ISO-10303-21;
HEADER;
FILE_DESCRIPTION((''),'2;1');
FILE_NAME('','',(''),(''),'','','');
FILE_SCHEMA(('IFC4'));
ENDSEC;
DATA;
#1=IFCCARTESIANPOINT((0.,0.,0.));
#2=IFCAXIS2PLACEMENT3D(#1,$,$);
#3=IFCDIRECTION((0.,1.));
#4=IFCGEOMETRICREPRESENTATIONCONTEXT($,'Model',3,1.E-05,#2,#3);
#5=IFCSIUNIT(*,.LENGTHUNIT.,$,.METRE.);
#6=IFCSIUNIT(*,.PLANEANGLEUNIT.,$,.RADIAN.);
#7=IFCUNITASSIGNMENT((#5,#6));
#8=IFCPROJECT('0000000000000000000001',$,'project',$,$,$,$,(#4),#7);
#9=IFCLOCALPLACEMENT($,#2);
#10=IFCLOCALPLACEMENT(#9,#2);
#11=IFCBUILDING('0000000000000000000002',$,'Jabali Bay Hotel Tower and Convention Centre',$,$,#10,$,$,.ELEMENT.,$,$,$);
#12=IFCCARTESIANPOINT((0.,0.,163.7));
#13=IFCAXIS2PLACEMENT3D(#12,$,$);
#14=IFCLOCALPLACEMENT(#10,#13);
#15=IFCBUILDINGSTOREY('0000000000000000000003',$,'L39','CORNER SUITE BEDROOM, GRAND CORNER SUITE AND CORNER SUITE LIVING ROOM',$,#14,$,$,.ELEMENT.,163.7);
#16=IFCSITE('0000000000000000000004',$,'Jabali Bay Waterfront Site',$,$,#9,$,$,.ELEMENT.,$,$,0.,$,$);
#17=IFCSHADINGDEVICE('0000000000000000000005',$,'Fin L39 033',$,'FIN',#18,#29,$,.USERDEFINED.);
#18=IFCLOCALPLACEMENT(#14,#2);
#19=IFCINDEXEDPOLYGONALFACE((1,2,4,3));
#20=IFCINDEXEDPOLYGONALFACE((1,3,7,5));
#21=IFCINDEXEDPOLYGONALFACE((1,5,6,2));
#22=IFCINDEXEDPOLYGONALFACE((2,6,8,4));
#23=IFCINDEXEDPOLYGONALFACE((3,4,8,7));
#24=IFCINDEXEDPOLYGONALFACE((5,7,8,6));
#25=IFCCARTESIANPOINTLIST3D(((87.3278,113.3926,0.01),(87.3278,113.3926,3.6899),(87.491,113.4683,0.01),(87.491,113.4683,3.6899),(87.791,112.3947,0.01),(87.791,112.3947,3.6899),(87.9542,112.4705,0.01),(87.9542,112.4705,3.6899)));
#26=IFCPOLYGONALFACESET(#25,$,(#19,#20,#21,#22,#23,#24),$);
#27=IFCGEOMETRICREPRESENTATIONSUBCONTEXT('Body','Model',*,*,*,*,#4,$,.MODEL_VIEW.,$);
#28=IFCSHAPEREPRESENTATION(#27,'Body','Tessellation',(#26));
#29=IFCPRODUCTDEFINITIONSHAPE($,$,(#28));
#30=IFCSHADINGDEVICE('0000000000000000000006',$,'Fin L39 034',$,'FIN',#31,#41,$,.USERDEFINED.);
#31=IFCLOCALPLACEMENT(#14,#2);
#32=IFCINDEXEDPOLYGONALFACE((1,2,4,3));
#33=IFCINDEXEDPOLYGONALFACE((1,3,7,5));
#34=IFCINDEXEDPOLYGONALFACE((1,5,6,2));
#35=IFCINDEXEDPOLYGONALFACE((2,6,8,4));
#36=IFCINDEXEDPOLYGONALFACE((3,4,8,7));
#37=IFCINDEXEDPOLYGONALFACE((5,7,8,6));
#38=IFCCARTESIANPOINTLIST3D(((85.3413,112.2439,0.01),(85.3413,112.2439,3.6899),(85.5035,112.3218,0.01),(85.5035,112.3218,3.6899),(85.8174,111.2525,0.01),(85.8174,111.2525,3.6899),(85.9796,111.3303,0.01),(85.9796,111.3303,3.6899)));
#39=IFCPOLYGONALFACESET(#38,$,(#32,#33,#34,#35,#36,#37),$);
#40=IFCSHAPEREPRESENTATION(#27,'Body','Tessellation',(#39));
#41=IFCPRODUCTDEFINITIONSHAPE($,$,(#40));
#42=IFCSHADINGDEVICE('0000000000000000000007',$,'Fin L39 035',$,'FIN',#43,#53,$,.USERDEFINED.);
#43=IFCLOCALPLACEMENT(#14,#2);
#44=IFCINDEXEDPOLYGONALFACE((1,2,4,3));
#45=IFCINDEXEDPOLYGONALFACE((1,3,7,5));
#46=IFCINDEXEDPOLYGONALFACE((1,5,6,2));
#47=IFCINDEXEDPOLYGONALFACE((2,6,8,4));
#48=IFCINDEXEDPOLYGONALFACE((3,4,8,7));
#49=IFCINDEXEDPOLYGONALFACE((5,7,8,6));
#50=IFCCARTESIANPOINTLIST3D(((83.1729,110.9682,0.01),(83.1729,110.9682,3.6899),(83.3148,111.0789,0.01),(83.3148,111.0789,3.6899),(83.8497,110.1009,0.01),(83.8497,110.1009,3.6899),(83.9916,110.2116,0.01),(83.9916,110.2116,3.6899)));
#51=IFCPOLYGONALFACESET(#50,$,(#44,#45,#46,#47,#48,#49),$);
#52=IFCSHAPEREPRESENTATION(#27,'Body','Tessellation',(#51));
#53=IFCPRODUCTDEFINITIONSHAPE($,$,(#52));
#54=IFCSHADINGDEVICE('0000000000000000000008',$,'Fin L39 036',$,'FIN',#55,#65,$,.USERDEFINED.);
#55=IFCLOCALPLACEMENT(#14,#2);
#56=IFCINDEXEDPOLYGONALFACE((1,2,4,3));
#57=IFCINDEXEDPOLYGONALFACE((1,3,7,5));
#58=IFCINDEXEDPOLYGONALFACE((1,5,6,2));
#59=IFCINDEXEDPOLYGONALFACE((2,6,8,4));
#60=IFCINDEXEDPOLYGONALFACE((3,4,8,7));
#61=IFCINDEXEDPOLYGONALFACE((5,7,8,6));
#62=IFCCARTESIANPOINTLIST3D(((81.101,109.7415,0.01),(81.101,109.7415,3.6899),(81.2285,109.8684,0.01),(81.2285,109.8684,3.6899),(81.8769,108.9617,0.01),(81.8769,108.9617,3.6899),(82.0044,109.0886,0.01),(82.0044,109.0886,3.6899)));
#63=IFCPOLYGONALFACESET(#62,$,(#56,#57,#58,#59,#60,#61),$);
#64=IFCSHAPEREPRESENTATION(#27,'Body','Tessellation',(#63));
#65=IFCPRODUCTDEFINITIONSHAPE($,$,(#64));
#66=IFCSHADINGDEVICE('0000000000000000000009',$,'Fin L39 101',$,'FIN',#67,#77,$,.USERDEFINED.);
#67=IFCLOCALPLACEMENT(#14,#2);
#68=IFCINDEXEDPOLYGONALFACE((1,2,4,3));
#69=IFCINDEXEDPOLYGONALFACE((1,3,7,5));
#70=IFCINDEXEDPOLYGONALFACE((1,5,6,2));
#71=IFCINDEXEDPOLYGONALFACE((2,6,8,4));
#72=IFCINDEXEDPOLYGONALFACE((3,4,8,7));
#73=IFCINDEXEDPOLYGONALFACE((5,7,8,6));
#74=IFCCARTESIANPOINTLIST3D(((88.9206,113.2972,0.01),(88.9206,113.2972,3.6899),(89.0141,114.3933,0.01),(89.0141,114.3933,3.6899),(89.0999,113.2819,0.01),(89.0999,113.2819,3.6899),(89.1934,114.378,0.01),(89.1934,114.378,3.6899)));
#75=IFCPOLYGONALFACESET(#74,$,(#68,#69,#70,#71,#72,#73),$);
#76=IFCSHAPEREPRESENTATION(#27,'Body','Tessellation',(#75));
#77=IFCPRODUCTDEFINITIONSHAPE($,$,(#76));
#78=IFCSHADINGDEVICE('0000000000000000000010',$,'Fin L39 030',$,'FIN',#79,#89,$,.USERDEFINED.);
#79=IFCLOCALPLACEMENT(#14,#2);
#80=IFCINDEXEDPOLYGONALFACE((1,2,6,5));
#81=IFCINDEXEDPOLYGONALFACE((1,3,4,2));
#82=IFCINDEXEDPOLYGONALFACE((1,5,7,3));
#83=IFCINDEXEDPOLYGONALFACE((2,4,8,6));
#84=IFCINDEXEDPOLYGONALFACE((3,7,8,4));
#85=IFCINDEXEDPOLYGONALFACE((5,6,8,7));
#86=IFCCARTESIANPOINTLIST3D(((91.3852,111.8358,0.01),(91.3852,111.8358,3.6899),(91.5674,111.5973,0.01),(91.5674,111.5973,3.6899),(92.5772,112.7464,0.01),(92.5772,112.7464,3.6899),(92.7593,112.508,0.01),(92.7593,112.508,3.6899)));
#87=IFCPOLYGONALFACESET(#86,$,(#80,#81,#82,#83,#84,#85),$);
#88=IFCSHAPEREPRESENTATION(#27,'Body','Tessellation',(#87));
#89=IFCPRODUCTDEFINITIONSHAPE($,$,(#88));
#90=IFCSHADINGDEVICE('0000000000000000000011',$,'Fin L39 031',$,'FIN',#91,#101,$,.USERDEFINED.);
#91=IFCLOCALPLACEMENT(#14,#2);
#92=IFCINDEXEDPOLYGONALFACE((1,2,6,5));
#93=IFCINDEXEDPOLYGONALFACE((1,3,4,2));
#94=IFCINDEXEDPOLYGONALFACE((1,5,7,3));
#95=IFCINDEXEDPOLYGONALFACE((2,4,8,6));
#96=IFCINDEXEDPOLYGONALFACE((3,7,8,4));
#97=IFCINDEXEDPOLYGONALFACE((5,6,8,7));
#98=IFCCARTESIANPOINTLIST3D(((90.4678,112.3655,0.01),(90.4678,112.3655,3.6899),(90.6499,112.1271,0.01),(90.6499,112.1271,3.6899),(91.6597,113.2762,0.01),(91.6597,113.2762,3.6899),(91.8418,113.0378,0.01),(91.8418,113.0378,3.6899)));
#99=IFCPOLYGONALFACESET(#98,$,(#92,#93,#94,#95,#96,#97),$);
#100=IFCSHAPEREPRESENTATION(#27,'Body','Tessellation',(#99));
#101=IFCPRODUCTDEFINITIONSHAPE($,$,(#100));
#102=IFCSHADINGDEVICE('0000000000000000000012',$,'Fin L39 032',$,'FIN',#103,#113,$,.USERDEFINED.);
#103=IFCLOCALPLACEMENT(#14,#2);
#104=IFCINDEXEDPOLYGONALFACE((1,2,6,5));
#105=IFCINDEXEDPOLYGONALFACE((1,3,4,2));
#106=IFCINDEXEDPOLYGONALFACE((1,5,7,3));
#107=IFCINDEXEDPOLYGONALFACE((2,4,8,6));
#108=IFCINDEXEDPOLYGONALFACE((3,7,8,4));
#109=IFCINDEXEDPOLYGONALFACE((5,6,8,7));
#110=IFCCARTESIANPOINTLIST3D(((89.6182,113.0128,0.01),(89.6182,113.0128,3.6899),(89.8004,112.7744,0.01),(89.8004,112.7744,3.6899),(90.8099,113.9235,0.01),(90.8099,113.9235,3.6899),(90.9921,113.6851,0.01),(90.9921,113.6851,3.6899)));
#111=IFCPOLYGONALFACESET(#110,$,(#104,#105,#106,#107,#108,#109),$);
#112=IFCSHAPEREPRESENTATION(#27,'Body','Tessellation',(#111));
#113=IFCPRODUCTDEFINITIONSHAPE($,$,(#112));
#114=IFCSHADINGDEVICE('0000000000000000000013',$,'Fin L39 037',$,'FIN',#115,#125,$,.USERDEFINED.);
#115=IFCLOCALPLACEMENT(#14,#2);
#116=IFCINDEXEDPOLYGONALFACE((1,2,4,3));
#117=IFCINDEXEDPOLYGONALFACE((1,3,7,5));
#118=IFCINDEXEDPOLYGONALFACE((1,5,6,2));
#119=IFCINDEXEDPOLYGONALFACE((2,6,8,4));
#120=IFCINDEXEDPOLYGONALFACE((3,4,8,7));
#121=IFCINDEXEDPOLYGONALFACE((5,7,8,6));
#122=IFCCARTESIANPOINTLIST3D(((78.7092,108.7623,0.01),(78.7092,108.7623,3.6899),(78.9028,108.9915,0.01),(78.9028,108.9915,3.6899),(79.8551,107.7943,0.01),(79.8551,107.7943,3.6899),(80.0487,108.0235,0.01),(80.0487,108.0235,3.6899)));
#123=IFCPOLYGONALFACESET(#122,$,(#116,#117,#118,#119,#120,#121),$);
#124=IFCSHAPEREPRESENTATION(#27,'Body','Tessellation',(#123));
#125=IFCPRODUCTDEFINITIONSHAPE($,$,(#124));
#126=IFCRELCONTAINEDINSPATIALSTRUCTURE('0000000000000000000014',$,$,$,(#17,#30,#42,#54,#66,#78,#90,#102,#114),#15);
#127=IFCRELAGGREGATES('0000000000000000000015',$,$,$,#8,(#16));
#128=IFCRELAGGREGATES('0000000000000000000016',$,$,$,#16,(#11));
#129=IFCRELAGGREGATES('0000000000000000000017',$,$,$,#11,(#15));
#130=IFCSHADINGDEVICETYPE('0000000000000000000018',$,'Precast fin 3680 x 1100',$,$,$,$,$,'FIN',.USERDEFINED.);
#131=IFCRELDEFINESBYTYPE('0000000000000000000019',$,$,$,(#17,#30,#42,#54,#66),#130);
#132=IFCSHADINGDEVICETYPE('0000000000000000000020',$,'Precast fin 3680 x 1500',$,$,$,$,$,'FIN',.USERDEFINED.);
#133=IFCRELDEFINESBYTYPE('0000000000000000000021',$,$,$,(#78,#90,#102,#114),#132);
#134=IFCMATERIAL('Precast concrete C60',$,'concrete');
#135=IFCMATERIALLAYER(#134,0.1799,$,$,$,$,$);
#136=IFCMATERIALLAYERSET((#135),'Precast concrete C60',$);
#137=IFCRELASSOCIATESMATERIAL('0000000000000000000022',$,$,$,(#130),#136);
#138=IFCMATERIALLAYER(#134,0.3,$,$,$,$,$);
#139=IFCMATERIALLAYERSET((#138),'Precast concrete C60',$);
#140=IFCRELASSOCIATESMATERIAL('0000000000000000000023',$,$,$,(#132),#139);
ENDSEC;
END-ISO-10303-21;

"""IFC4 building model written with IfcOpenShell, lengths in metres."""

from ifc_helpers import new_model, si_unit, direction, frame, frame_2d, origin, place, context, subcontext, project, spatial, rectangle, extrude, material, layer, layer_set, type_object, element, save


model = new_model("IFC4")

# Units and contexts
model_context = context("Model", 3, precision=1e-05, world=origin(), true_north=direction((0.0, 1.0)))
body_context = subcontext(model_context, "Body", "Model", "MODEL_VIEW")
ifc_project = project(units=[si_unit("LENGTHUNIT", "METRE"), si_unit("PLANEANGLEUNIT", "RADIAN")], contexts=[model_context])

# Site, building, storey
site_placement = place(None, origin())
site = spatial("IfcSite", under=ifc_project, at=site_placement, Name="Jabali Bay Waterfront Site", CompositionType="ELEMENT", RefElevation=0.0)
building_placement = place(site_placement, origin())
building = spatial("IfcBuilding", under=site, at=building_placement, Name="Jabali Bay Hotel Tower and Convention Centre", CompositionType="ELEMENT")
storey_placement = place(building_placement, frame((0.0, 0.0, 163.7)))
storey = spatial("IfcBuildingStorey", under=building, at=storey_placement, Name="L39", Description="CORNER SUITE BEDROOM, GRAND CORNER SUITE AND CORNER SUITE LIVING ROOM", CompositionType="ELEMENT", Elevation=163.7)

# Shading devices
ifc_material_1 = material(Name="Precast concrete C60", Category="concrete")
ifc_layer_1 = layer(ifc_material_1, 0.1799)
ifc_layer_set_1 = layer_set([ifc_layer_1], Name="Precast concrete C60")
shading_device_type_1 = type_object("IfcShadingDeviceType", Name="Precast fin 3680 x 1100", ElementType="FIN", PredefinedType="USERDEFINED", material=ifc_layer_set_1)
shading_device_1_placement = place(storey_placement, frame((87.8726, 112.4326, 0.01), z_axis=(0.0, 0.0, 1.0), x_axis=(-0.421013, 0.907054, 0.0)))
element("IfcShadingDevice", 1, at=shading_device_1_placement, inside=storey, type_object=shading_device_type_1, Name="Fin L39 033", ObjectType="FIN", PredefinedType="USERDEFINED", context=body_context, shape_type="SweptSolid", body=[
    extrude(rectangle(XDim=1.1001, YDim=0.1799, at=frame_2d((0.55, 0.0))), origin(), (0.0, 0.0, 1.0), 3.6799),
])
shading_device_2_placement = place(storey_placement, frame((85.8984, 111.2915, 0.01), z_axis=(0.0, 0.0, 1.0), x_axis=(-0.432861, 0.901461, 0.0)))
element("IfcShadingDevice", 2, at=shading_device_2_placement, inside=storey, type_object=shading_device_type_1, Name="Fin L39 034", ObjectType="FIN", PredefinedType="USERDEFINED", context=body_context, shape_type="SweptSolid", body=[
    extrude(rectangle(XDim=1.0999, YDim=0.1799, at=frame_2d((0.5498, 0.0))), origin(), (0.0, 0.0, 1.0), 3.6799),
])
for number, where, z_axis, x_axis, name in (
    (3, (83.9207, 110.1562, 0.01), (0.0, 0.0, 1.0), (-0.61523, 0.788347, 0.0), "Fin L39 035"),
    (4, (81.9407, 109.0251, 0.01), (0.0, 0.0, 1.0), (-0.705329, 0.70888, 0.0), "Fin L39 036"),
    (5, (89.0103, 113.2896, 0.01), (0.0, 0.0, 1.0), (0.084992, 0.996382, 0.0), "Fin L39 101"),
):
    element("IfcShadingDevice", number, at=place(storey_placement, frame(where, z_axis=z_axis, x_axis=x_axis)), inside=storey, type_object=shading_device_type_1, Name=name, ObjectType="FIN", PredefinedType="USERDEFINED", context=body_context, shape_type="SweptSolid", body=[
        extrude(rectangle(XDim=1.1001, YDim=0.1799, at=frame_2d((0.55, 0.0))), origin(), (0.0, 0.0, 1.0), 3.6799),
    ])
ifc_layer_2 = layer(ifc_material_1, 0.3)
ifc_layer_set_2 = layer_set([ifc_layer_2], Name="Precast concrete C60")
shading_device_type_2 = type_object("IfcShadingDeviceType", Name="Precast fin 3680 x 1500", ElementType="FIN", PredefinedType="USERDEFINED", material=ifc_layer_set_2)
for number, where, z_axis, x_axis, name in (
    (6, (91.4763, 111.7166, 0.01), (0.0, 0.0, 1.0), (0.794616, 0.607112, 0.0), "Fin L39 030"),
    (7, (90.5588, 112.2463, 0.01), (0.0, 0.0, 1.0), (0.794616, 0.607112, 0.0), "Fin L39 031"),
):
    element("IfcShadingDevice", number, at=place(storey_placement, frame(where, z_axis=z_axis, x_axis=x_axis)), inside=storey, type_object=shading_device_type_2, Name=name, ObjectType="FIN", PredefinedType="USERDEFINED", context=body_context, shape_type="SweptSolid", body=[
        extrude(rectangle(XDim=1.5, YDim=0.3, at=frame_2d((0.75, 0.0))), origin(), (0.0, 0.0, 1.0), 3.6799),
    ])
shading_device_3_placement = place(storey_placement, frame((89.7092, 112.8936, 0.01), z_axis=(0.0, 0.0, 1.0), x_axis=(0.794556, 0.60719, 0.0)))
element("IfcShadingDevice", 8, at=shading_device_3_placement, inside=storey, type_object=shading_device_type_2, Name="Fin L39 032", ObjectType="FIN", PredefinedType="USERDEFINED", context=body_context, shape_type="SweptSolid", body=[
    extrude(rectangle(XDim=1.4998, YDim=0.3, at=frame_2d((0.75, 0.0))), origin(), (0.0, 0.0, 1.0), 3.6799),
])
shading_device_4_placement = place(storey_placement, frame((79.9519, 107.9089, 0.01), z_axis=(0.0, 0.0, 1.0), x_axis=(-0.763935, 0.645293, 0.0)))
element("IfcShadingDevice", 9, at=shading_device_4_placement, inside=storey, type_object=shading_device_type_2, Name="Fin L39 037", ObjectType="FIN", PredefinedType="USERDEFINED", context=body_context, shape_type="SweptSolid", body=[
    extrude(rectangle(XDim=1.5, YDim=0.3, at=frame_2d((0.75, 0.0))), origin(), (0.0, 0.0, 1.0), 3.6799),
])

save(model, "model.ifc")
